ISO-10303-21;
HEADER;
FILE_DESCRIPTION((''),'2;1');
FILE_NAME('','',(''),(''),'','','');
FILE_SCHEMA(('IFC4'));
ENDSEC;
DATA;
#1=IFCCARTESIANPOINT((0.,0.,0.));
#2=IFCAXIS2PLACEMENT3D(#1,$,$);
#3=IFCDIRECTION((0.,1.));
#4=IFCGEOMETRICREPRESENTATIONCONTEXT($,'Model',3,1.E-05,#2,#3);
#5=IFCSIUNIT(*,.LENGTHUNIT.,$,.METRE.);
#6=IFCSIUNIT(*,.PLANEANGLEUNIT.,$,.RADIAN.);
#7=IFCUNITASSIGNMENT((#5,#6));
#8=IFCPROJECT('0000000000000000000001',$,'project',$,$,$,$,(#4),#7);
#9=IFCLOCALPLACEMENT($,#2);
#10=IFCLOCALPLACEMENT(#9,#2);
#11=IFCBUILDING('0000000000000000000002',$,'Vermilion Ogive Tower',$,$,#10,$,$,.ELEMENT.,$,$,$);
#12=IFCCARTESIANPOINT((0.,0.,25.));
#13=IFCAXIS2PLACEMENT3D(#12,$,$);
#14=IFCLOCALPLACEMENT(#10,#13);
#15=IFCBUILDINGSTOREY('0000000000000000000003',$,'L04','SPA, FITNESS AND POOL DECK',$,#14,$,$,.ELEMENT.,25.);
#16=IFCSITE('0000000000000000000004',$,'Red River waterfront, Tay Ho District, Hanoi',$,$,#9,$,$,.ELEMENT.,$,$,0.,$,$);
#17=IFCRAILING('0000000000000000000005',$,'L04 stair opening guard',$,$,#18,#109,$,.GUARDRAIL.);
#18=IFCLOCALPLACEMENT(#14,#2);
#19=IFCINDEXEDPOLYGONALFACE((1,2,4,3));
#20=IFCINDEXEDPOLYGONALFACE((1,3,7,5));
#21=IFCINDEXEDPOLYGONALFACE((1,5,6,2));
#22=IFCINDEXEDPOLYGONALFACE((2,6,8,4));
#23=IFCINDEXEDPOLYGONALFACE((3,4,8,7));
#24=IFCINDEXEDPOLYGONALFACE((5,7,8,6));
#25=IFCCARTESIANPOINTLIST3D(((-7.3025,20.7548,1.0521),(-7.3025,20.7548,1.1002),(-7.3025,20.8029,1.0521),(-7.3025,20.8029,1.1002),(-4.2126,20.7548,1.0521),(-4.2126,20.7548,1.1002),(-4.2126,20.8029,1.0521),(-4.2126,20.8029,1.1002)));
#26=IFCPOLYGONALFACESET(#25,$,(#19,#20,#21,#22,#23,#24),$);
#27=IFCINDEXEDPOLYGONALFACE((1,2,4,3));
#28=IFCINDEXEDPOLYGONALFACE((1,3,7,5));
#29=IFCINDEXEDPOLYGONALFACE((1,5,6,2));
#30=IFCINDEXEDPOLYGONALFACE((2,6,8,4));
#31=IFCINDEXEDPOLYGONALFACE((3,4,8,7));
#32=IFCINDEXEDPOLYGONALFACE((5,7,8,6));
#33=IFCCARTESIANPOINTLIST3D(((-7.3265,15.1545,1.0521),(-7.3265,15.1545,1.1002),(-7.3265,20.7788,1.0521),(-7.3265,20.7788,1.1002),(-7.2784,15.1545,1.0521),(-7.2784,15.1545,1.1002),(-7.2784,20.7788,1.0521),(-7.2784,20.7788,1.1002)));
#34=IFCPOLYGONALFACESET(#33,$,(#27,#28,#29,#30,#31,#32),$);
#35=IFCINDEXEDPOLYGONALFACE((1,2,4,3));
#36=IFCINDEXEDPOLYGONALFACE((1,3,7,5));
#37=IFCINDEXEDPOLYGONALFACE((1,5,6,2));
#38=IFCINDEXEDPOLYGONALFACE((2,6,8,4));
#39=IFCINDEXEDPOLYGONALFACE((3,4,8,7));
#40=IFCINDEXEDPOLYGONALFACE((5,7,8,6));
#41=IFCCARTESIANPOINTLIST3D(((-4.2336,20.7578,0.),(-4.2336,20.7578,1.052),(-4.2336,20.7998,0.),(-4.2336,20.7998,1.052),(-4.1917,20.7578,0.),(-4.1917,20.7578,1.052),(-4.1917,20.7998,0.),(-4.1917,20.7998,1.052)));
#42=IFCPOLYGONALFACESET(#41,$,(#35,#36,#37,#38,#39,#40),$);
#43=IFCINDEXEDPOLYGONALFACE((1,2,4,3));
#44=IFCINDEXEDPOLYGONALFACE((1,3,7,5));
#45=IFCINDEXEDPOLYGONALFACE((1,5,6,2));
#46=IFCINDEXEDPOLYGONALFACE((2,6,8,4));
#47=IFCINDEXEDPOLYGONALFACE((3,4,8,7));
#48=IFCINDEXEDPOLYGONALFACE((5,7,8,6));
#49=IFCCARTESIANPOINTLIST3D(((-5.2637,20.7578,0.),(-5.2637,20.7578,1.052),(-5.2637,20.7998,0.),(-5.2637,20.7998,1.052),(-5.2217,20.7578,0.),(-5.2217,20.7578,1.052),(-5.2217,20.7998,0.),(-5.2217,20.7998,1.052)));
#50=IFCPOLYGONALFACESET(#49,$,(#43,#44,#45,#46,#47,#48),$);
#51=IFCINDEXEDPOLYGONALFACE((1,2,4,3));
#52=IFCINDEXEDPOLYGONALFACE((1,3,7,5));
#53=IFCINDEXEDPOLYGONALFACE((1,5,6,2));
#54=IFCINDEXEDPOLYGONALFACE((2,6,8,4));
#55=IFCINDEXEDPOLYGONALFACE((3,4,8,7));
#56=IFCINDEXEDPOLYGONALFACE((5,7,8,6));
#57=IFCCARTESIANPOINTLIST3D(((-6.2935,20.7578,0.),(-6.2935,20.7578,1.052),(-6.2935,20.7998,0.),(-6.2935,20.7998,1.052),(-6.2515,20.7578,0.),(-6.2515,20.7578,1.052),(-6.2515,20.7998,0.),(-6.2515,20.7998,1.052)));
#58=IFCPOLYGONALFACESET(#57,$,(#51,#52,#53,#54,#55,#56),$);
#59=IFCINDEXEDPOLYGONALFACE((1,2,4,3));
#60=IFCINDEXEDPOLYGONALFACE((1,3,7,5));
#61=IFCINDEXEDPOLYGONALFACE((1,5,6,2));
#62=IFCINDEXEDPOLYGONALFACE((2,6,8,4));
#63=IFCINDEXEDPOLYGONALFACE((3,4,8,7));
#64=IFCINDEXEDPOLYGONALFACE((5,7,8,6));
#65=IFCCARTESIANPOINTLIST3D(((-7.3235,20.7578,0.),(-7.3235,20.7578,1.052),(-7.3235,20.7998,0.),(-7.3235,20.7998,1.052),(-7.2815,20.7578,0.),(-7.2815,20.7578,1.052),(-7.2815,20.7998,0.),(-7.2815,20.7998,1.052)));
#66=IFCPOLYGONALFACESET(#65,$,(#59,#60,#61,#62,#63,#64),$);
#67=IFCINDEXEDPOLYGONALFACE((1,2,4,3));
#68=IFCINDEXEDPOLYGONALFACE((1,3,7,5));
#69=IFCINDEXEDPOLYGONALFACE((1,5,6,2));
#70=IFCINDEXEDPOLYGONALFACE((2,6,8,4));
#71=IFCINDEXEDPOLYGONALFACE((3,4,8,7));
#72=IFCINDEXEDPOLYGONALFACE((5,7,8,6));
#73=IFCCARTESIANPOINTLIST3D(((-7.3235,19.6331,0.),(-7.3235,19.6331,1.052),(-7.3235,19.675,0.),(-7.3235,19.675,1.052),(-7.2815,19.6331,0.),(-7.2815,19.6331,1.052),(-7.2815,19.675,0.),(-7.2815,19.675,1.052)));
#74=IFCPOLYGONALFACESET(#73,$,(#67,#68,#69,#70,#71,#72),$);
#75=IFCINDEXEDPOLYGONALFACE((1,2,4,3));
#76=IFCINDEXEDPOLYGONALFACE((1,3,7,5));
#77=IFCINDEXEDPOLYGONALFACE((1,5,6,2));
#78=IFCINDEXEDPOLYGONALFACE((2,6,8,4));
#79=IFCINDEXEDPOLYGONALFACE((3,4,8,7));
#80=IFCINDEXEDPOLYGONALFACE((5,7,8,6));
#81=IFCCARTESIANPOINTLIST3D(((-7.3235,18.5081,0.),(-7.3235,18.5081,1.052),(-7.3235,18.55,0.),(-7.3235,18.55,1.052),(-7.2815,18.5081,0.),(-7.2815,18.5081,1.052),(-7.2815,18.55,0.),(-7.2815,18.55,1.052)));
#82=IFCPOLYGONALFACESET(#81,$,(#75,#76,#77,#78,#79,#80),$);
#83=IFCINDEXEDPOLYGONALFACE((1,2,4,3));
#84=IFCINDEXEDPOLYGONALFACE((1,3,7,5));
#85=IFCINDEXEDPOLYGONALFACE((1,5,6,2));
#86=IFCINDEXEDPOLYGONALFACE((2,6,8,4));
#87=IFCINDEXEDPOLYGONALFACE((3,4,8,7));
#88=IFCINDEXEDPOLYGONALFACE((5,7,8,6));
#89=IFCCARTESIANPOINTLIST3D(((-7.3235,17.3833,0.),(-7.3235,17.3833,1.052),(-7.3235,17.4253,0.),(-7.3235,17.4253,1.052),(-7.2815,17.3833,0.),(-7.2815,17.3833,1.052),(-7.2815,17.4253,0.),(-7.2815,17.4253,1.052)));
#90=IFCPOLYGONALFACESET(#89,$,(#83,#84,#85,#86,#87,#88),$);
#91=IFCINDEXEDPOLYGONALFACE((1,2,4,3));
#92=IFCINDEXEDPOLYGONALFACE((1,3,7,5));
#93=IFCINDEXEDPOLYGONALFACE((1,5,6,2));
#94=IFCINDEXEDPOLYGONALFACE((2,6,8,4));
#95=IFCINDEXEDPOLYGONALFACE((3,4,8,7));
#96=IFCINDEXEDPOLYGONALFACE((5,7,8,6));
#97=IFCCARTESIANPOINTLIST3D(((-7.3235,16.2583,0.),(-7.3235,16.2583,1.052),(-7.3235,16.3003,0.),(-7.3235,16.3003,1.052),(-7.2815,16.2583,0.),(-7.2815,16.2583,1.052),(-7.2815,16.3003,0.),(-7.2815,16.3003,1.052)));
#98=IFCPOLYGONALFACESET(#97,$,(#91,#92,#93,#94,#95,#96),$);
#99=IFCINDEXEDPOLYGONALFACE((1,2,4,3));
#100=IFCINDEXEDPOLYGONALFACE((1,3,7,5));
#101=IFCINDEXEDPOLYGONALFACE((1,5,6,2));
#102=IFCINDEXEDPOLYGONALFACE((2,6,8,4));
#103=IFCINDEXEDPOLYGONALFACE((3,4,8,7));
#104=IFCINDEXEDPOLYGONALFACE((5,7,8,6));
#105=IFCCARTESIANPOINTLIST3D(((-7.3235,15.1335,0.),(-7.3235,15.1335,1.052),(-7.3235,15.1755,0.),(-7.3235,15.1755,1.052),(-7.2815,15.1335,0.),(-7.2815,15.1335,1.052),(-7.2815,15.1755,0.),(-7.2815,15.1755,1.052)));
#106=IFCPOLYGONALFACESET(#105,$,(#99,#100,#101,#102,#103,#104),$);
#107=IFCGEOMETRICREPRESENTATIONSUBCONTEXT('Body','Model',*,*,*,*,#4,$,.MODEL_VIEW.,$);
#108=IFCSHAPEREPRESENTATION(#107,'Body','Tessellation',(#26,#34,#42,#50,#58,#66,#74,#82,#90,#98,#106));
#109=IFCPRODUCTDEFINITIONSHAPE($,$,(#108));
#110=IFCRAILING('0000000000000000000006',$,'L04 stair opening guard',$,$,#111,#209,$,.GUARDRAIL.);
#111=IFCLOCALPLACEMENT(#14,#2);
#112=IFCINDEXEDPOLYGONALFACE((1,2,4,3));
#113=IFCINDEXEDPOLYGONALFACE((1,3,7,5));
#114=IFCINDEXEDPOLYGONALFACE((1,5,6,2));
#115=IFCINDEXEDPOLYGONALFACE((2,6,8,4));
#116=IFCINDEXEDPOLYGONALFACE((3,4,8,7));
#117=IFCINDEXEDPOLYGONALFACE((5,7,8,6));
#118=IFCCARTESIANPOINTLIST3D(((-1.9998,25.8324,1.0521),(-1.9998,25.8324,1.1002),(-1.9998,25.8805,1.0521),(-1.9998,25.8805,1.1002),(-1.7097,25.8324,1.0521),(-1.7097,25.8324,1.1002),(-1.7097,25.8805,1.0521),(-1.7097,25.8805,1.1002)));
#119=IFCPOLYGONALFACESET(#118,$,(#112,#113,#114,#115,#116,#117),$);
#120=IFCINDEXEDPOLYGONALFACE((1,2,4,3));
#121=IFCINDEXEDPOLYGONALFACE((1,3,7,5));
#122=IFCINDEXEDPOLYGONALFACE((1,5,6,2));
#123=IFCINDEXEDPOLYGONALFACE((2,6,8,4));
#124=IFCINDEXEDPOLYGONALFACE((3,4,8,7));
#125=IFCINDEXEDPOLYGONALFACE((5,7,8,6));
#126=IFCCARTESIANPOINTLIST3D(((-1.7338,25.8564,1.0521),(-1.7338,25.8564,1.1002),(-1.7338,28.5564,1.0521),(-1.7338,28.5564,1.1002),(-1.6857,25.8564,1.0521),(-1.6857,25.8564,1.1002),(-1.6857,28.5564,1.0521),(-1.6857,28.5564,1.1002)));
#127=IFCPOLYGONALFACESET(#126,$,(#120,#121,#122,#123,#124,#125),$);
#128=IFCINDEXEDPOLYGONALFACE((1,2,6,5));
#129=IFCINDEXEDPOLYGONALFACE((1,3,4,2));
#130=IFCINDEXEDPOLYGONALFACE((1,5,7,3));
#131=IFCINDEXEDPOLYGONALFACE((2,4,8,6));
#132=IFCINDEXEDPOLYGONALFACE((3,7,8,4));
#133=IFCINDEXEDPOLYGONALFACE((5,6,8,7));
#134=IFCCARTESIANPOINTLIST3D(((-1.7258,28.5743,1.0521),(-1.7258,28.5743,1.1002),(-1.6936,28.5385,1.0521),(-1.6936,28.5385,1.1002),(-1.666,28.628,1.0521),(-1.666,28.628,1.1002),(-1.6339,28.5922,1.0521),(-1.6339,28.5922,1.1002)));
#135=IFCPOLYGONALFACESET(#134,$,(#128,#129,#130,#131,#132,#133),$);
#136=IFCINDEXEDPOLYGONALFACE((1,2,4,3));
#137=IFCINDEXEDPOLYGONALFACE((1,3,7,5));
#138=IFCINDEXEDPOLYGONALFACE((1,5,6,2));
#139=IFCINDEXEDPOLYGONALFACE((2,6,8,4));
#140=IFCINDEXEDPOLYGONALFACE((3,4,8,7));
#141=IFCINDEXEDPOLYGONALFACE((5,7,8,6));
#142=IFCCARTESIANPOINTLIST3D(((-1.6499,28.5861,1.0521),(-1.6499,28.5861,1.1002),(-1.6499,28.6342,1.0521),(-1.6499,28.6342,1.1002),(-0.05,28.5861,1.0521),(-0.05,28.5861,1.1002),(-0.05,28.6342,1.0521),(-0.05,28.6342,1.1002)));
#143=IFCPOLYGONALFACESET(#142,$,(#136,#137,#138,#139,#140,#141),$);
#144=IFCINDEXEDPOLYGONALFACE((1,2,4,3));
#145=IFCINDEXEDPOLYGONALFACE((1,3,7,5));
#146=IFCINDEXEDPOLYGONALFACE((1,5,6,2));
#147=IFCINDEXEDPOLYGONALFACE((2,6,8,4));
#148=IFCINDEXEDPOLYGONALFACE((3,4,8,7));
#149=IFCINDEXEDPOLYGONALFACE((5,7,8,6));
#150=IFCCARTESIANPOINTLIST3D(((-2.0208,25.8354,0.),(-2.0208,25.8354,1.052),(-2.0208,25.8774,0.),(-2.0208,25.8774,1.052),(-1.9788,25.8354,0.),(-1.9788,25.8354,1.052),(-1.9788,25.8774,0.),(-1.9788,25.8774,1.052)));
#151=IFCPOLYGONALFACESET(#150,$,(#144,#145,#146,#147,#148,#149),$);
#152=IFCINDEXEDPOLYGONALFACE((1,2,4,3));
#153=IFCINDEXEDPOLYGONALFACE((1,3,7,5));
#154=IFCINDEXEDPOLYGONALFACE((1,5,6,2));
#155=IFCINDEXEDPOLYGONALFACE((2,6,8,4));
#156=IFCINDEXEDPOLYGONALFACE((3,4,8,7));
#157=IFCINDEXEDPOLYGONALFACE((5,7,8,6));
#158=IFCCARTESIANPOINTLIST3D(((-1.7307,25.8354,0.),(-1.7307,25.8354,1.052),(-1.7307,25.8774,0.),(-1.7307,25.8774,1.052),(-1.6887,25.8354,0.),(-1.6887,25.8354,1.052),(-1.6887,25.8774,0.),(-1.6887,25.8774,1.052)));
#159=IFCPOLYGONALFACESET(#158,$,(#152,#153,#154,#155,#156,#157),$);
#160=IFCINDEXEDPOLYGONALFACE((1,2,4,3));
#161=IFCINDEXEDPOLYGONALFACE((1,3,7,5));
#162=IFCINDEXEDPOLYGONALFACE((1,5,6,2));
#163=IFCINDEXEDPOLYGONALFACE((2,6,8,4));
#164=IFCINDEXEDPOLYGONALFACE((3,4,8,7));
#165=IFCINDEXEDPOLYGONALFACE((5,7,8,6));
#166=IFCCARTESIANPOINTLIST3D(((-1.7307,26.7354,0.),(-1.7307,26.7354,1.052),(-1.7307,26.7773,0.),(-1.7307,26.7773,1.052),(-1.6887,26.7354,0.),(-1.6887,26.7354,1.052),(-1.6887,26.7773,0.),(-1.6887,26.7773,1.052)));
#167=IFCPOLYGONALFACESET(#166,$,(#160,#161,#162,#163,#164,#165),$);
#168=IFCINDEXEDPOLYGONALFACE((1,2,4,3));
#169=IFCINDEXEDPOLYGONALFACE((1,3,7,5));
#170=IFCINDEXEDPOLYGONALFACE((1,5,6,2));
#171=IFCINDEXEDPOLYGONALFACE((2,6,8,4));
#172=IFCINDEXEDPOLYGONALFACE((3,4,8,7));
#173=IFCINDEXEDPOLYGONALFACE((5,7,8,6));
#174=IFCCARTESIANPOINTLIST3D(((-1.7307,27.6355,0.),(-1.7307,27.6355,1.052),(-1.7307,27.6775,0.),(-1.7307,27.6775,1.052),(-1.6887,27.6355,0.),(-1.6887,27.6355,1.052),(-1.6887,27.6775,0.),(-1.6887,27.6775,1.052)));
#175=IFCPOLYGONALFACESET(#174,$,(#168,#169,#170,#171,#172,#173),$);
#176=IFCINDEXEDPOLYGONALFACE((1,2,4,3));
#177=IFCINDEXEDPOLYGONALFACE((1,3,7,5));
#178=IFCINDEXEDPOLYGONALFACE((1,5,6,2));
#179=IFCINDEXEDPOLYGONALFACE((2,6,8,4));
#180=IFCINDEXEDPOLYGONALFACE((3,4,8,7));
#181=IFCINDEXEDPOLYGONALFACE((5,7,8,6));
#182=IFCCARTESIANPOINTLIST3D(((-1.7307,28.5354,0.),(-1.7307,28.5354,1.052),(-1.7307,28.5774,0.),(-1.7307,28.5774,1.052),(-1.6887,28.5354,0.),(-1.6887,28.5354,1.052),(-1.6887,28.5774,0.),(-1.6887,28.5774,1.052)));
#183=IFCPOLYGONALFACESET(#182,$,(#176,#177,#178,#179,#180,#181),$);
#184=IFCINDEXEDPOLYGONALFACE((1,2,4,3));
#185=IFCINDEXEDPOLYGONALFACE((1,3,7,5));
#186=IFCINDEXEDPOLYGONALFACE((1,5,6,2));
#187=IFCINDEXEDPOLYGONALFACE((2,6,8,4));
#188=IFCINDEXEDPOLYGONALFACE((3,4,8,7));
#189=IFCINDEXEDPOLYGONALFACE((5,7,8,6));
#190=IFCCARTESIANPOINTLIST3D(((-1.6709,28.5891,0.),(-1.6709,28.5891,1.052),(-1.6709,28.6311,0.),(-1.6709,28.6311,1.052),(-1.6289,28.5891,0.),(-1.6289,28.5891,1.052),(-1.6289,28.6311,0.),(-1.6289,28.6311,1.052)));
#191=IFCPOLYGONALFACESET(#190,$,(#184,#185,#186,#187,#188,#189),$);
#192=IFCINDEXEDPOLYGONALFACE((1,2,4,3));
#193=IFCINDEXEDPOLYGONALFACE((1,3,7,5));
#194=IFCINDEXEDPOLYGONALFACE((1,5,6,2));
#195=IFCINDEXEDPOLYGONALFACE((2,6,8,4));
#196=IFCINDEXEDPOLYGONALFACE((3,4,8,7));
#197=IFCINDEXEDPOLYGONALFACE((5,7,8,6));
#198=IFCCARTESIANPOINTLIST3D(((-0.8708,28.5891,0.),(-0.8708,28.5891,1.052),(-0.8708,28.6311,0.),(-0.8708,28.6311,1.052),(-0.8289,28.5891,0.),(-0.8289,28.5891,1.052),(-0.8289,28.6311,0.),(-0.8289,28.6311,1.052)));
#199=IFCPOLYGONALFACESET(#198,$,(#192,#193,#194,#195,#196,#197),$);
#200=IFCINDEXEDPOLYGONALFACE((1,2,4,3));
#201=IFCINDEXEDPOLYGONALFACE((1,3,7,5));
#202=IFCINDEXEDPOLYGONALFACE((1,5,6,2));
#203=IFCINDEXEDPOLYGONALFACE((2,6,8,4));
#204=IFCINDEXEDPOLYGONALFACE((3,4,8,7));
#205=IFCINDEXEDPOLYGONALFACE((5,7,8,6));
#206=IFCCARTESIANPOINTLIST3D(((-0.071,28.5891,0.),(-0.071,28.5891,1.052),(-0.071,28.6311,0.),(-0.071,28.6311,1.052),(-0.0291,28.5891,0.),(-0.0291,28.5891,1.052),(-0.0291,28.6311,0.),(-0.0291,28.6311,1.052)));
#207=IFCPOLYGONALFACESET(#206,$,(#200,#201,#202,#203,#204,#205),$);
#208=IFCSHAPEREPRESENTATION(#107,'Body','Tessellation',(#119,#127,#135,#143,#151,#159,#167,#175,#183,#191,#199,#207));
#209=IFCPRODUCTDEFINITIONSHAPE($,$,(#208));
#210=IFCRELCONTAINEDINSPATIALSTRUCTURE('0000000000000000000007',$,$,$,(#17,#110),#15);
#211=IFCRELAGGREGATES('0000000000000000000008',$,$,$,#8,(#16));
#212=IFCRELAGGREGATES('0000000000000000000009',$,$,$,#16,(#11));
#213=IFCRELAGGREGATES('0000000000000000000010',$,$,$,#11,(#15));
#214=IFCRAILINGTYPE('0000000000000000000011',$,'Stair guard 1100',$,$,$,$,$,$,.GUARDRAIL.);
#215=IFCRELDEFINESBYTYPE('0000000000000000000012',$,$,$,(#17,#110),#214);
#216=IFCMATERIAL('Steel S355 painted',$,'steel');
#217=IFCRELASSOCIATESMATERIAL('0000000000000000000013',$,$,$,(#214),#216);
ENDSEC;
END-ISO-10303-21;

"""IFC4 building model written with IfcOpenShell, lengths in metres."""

from ifc_helpers import new_model, si_unit, direction, frame, origin, origin_2d, place, context, subcontext, project, spatial, rectangle, extrude, material, type_object, element, save


model = new_model("IFC4")

# Units and contexts
model_context = context("Model", 3, precision=1e-05, world=origin(), true_north=direction((0.0, 1.0)))
body_context = subcontext(model_context, "Body", "Model", "MODEL_VIEW")
ifc_project = project(units=[si_unit("LENGTHUNIT", "METRE"), si_unit("PLANEANGLEUNIT", "RADIAN")], contexts=[model_context])

# Site, building, storey
site_placement = place(None, origin())
site = spatial("IfcSite", under=ifc_project, at=site_placement, Name="Red River waterfront, Tay Ho District, Hanoi", CompositionType="ELEMENT", RefElevation=0.0)
building_placement = place(site_placement, origin())
building = spatial("IfcBuilding", under=site, at=building_placement, Name="Vermilion Ogive Tower", CompositionType="ELEMENT")
storey_placement = place(building_placement, frame((0.0, 0.0, 25.0)))
storey = spatial("IfcBuildingStorey", under=building, at=storey_placement, Name="L04", Description="SPA, FITNESS AND POOL DECK", CompositionType="ELEMENT", Elevation=25.0)

# Railings
ifc_material_1 = material(Name="Steel S355 painted", Category="steel")
railing_type_1 = type_object("IfcRailingType", Name="Stair guard 1100", PredefinedType="GUARDRAIL", material=ifc_material_1)
railing_1_placement = place(storey_placement, frame((-4.2126, 20.7788, 0.0)))
element("IfcRailing", 1, at=railing_1_placement, inside=storey, type_object=railing_type_1, Name="L04 stair opening guard", PredefinedType="GUARDRAIL", context=body_context, shape_type="SweptSolid", body=[
    extrude(rectangle(XDim=0.0481, YDim=0.0481, at=origin_2d()), frame((0.0, 0.0, 1.0762), z_axis=(-1.0, 0.0, 0.0), x_axis=(0.0, -1.0, 0.0)), (0.0, 0.0, 1.0), 3.0898),
    extrude(rectangle(XDim=0.0481, YDim=0.0481, at=origin_2d()), frame((-3.0898, 0.0, 1.0762), z_axis=(0.0, -1.0, 0.0), x_axis=(1.0, 0.0, 0.0)), (0.0, 0.0, 1.0), 5.6243),
    extrude(rectangle(XDim=0.042, YDim=0.042, at=origin_2d()), origin(), (0.0, 0.0, 1.0), 1.052),
    extrude(rectangle(XDim=0.042, YDim=0.042, at=origin_2d()), frame((-1.03, 0.0, 0.0)), (0.0, 0.0, 1.0), 1.052),
    extrude(rectangle(XDim=0.042, YDim=0.042, at=origin_2d()), frame((-2.0598, 0.0, 0.0)), (0.0, 0.0, 1.0), 1.052),
    extrude(rectangle(XDim=0.042, YDim=0.042, at=origin_2d()), frame((-3.0898, 0.0, 0.0)), (0.0, 0.0, 1.0), 1.052),
    extrude(rectangle(XDim=0.042, YDim=0.042, at=origin_2d()), frame((-3.0898, -1.1248, 0.0)), (0.0, 0.0, 1.0), 1.052),
    extrude(rectangle(XDim=0.042, YDim=0.042, at=origin_2d()), frame((-3.0898, -2.2498, 0.0)), (0.0, 0.0, 1.0), 1.052),
    extrude(rectangle(XDim=0.042, YDim=0.042, at=origin_2d()), frame((-3.0898, -3.3745, 0.0)), (0.0, 0.0, 1.0), 1.052),
    extrude(rectangle(XDim=0.042, YDim=0.042, at=origin_2d()), frame((-3.0898, -4.4995, 0.0)), (0.0, 0.0, 1.0), 1.052),
    extrude(rectangle(XDim=0.042, YDim=0.042, at=origin_2d()), frame((-3.0898, -5.6243, 0.0)), (0.0, 0.0, 1.0), 1.052),
])
railing_2_placement = place(storey_placement, frame((-1.9998, 25.8564, 0.0)))
element("IfcRailing", 2, at=railing_2_placement, inside=storey, type_object=railing_type_1, Name="L04 stair opening guard", PredefinedType="GUARDRAIL", context=body_context, shape_type="SweptSolid", body=[
    extrude(rectangle(XDim=0.0481, YDim=0.0481, at=origin_2d()), frame((0.0, 0.0, 1.0762), z_axis=(1.0, 0.0, 0.0), x_axis=(0.0, 1.0, 0.0)), (0.0, 0.0, 1.0), 0.29),
    extrude(rectangle(XDim=0.0481, YDim=0.0481, at=origin_2d()), frame((0.29, 0.0, 1.0762), z_axis=(0.0, 1.0, 0.0), x_axis=(-1.0, 0.0, 0.0)), (0.0, 0.0, 1.0), 2.7),
    extrude(rectangle(XDim=0.0481, YDim=0.0481, at=origin_2d()), frame((0.29, 2.7, 1.0762), z_axis=(0.744049, 0.668125, 0.0), x_axis=(-0.668125, 0.744049, 0.0)), (0.0, 0.0, 1.0), 0.0803),
    extrude(rectangle(XDim=0.0481, YDim=0.0481, at=origin_2d()), frame((0.3499, 2.7537, 1.0762), z_axis=(1.0, 0.0, 0.0), x_axis=(0.0, 1.0, 0.0)), (0.0, 0.0, 1.0), 1.5999),
    extrude(rectangle(XDim=0.042, YDim=0.042, at=origin_2d()), origin(), (0.0, 0.0, 1.0), 1.052),
    extrude(rectangle(XDim=0.042, YDim=0.042, at=origin_2d()), frame((0.29, 0.0, 0.0)), (0.0, 0.0, 1.0), 1.052),
    extrude(rectangle(XDim=0.042, YDim=0.042, at=origin_2d()), frame((0.29, 0.8999, 0.0)), (0.0, 0.0, 1.0), 1.052),
    extrude(rectangle(XDim=0.042, YDim=0.042, at=origin_2d()), frame((0.29, 1.8, 0.0)), (0.0, 0.0, 1.0), 1.052),
    extrude(rectangle(XDim=0.042, YDim=0.042, at=origin_2d()), frame((0.29, 2.7, 0.0)), (0.0, 0.0, 1.0), 1.052),
    extrude(rectangle(XDim=0.042, YDim=0.042, at=origin_2d()), frame((0.3499, 2.7537, 0.0)), (0.0, 0.0, 1.0), 1.052),
    extrude(rectangle(XDim=0.042, YDim=0.042, at=origin_2d()), frame((1.1499, 2.7537, 0.0)), (0.0, 0.0, 1.0), 1.052),
    extrude(rectangle(XDim=0.042, YDim=0.042, at=origin_2d()), frame((1.9497, 2.7537, 0.0)), (0.0, 0.0, 1.0), 1.052),
])

save(model, "model.ifc")
